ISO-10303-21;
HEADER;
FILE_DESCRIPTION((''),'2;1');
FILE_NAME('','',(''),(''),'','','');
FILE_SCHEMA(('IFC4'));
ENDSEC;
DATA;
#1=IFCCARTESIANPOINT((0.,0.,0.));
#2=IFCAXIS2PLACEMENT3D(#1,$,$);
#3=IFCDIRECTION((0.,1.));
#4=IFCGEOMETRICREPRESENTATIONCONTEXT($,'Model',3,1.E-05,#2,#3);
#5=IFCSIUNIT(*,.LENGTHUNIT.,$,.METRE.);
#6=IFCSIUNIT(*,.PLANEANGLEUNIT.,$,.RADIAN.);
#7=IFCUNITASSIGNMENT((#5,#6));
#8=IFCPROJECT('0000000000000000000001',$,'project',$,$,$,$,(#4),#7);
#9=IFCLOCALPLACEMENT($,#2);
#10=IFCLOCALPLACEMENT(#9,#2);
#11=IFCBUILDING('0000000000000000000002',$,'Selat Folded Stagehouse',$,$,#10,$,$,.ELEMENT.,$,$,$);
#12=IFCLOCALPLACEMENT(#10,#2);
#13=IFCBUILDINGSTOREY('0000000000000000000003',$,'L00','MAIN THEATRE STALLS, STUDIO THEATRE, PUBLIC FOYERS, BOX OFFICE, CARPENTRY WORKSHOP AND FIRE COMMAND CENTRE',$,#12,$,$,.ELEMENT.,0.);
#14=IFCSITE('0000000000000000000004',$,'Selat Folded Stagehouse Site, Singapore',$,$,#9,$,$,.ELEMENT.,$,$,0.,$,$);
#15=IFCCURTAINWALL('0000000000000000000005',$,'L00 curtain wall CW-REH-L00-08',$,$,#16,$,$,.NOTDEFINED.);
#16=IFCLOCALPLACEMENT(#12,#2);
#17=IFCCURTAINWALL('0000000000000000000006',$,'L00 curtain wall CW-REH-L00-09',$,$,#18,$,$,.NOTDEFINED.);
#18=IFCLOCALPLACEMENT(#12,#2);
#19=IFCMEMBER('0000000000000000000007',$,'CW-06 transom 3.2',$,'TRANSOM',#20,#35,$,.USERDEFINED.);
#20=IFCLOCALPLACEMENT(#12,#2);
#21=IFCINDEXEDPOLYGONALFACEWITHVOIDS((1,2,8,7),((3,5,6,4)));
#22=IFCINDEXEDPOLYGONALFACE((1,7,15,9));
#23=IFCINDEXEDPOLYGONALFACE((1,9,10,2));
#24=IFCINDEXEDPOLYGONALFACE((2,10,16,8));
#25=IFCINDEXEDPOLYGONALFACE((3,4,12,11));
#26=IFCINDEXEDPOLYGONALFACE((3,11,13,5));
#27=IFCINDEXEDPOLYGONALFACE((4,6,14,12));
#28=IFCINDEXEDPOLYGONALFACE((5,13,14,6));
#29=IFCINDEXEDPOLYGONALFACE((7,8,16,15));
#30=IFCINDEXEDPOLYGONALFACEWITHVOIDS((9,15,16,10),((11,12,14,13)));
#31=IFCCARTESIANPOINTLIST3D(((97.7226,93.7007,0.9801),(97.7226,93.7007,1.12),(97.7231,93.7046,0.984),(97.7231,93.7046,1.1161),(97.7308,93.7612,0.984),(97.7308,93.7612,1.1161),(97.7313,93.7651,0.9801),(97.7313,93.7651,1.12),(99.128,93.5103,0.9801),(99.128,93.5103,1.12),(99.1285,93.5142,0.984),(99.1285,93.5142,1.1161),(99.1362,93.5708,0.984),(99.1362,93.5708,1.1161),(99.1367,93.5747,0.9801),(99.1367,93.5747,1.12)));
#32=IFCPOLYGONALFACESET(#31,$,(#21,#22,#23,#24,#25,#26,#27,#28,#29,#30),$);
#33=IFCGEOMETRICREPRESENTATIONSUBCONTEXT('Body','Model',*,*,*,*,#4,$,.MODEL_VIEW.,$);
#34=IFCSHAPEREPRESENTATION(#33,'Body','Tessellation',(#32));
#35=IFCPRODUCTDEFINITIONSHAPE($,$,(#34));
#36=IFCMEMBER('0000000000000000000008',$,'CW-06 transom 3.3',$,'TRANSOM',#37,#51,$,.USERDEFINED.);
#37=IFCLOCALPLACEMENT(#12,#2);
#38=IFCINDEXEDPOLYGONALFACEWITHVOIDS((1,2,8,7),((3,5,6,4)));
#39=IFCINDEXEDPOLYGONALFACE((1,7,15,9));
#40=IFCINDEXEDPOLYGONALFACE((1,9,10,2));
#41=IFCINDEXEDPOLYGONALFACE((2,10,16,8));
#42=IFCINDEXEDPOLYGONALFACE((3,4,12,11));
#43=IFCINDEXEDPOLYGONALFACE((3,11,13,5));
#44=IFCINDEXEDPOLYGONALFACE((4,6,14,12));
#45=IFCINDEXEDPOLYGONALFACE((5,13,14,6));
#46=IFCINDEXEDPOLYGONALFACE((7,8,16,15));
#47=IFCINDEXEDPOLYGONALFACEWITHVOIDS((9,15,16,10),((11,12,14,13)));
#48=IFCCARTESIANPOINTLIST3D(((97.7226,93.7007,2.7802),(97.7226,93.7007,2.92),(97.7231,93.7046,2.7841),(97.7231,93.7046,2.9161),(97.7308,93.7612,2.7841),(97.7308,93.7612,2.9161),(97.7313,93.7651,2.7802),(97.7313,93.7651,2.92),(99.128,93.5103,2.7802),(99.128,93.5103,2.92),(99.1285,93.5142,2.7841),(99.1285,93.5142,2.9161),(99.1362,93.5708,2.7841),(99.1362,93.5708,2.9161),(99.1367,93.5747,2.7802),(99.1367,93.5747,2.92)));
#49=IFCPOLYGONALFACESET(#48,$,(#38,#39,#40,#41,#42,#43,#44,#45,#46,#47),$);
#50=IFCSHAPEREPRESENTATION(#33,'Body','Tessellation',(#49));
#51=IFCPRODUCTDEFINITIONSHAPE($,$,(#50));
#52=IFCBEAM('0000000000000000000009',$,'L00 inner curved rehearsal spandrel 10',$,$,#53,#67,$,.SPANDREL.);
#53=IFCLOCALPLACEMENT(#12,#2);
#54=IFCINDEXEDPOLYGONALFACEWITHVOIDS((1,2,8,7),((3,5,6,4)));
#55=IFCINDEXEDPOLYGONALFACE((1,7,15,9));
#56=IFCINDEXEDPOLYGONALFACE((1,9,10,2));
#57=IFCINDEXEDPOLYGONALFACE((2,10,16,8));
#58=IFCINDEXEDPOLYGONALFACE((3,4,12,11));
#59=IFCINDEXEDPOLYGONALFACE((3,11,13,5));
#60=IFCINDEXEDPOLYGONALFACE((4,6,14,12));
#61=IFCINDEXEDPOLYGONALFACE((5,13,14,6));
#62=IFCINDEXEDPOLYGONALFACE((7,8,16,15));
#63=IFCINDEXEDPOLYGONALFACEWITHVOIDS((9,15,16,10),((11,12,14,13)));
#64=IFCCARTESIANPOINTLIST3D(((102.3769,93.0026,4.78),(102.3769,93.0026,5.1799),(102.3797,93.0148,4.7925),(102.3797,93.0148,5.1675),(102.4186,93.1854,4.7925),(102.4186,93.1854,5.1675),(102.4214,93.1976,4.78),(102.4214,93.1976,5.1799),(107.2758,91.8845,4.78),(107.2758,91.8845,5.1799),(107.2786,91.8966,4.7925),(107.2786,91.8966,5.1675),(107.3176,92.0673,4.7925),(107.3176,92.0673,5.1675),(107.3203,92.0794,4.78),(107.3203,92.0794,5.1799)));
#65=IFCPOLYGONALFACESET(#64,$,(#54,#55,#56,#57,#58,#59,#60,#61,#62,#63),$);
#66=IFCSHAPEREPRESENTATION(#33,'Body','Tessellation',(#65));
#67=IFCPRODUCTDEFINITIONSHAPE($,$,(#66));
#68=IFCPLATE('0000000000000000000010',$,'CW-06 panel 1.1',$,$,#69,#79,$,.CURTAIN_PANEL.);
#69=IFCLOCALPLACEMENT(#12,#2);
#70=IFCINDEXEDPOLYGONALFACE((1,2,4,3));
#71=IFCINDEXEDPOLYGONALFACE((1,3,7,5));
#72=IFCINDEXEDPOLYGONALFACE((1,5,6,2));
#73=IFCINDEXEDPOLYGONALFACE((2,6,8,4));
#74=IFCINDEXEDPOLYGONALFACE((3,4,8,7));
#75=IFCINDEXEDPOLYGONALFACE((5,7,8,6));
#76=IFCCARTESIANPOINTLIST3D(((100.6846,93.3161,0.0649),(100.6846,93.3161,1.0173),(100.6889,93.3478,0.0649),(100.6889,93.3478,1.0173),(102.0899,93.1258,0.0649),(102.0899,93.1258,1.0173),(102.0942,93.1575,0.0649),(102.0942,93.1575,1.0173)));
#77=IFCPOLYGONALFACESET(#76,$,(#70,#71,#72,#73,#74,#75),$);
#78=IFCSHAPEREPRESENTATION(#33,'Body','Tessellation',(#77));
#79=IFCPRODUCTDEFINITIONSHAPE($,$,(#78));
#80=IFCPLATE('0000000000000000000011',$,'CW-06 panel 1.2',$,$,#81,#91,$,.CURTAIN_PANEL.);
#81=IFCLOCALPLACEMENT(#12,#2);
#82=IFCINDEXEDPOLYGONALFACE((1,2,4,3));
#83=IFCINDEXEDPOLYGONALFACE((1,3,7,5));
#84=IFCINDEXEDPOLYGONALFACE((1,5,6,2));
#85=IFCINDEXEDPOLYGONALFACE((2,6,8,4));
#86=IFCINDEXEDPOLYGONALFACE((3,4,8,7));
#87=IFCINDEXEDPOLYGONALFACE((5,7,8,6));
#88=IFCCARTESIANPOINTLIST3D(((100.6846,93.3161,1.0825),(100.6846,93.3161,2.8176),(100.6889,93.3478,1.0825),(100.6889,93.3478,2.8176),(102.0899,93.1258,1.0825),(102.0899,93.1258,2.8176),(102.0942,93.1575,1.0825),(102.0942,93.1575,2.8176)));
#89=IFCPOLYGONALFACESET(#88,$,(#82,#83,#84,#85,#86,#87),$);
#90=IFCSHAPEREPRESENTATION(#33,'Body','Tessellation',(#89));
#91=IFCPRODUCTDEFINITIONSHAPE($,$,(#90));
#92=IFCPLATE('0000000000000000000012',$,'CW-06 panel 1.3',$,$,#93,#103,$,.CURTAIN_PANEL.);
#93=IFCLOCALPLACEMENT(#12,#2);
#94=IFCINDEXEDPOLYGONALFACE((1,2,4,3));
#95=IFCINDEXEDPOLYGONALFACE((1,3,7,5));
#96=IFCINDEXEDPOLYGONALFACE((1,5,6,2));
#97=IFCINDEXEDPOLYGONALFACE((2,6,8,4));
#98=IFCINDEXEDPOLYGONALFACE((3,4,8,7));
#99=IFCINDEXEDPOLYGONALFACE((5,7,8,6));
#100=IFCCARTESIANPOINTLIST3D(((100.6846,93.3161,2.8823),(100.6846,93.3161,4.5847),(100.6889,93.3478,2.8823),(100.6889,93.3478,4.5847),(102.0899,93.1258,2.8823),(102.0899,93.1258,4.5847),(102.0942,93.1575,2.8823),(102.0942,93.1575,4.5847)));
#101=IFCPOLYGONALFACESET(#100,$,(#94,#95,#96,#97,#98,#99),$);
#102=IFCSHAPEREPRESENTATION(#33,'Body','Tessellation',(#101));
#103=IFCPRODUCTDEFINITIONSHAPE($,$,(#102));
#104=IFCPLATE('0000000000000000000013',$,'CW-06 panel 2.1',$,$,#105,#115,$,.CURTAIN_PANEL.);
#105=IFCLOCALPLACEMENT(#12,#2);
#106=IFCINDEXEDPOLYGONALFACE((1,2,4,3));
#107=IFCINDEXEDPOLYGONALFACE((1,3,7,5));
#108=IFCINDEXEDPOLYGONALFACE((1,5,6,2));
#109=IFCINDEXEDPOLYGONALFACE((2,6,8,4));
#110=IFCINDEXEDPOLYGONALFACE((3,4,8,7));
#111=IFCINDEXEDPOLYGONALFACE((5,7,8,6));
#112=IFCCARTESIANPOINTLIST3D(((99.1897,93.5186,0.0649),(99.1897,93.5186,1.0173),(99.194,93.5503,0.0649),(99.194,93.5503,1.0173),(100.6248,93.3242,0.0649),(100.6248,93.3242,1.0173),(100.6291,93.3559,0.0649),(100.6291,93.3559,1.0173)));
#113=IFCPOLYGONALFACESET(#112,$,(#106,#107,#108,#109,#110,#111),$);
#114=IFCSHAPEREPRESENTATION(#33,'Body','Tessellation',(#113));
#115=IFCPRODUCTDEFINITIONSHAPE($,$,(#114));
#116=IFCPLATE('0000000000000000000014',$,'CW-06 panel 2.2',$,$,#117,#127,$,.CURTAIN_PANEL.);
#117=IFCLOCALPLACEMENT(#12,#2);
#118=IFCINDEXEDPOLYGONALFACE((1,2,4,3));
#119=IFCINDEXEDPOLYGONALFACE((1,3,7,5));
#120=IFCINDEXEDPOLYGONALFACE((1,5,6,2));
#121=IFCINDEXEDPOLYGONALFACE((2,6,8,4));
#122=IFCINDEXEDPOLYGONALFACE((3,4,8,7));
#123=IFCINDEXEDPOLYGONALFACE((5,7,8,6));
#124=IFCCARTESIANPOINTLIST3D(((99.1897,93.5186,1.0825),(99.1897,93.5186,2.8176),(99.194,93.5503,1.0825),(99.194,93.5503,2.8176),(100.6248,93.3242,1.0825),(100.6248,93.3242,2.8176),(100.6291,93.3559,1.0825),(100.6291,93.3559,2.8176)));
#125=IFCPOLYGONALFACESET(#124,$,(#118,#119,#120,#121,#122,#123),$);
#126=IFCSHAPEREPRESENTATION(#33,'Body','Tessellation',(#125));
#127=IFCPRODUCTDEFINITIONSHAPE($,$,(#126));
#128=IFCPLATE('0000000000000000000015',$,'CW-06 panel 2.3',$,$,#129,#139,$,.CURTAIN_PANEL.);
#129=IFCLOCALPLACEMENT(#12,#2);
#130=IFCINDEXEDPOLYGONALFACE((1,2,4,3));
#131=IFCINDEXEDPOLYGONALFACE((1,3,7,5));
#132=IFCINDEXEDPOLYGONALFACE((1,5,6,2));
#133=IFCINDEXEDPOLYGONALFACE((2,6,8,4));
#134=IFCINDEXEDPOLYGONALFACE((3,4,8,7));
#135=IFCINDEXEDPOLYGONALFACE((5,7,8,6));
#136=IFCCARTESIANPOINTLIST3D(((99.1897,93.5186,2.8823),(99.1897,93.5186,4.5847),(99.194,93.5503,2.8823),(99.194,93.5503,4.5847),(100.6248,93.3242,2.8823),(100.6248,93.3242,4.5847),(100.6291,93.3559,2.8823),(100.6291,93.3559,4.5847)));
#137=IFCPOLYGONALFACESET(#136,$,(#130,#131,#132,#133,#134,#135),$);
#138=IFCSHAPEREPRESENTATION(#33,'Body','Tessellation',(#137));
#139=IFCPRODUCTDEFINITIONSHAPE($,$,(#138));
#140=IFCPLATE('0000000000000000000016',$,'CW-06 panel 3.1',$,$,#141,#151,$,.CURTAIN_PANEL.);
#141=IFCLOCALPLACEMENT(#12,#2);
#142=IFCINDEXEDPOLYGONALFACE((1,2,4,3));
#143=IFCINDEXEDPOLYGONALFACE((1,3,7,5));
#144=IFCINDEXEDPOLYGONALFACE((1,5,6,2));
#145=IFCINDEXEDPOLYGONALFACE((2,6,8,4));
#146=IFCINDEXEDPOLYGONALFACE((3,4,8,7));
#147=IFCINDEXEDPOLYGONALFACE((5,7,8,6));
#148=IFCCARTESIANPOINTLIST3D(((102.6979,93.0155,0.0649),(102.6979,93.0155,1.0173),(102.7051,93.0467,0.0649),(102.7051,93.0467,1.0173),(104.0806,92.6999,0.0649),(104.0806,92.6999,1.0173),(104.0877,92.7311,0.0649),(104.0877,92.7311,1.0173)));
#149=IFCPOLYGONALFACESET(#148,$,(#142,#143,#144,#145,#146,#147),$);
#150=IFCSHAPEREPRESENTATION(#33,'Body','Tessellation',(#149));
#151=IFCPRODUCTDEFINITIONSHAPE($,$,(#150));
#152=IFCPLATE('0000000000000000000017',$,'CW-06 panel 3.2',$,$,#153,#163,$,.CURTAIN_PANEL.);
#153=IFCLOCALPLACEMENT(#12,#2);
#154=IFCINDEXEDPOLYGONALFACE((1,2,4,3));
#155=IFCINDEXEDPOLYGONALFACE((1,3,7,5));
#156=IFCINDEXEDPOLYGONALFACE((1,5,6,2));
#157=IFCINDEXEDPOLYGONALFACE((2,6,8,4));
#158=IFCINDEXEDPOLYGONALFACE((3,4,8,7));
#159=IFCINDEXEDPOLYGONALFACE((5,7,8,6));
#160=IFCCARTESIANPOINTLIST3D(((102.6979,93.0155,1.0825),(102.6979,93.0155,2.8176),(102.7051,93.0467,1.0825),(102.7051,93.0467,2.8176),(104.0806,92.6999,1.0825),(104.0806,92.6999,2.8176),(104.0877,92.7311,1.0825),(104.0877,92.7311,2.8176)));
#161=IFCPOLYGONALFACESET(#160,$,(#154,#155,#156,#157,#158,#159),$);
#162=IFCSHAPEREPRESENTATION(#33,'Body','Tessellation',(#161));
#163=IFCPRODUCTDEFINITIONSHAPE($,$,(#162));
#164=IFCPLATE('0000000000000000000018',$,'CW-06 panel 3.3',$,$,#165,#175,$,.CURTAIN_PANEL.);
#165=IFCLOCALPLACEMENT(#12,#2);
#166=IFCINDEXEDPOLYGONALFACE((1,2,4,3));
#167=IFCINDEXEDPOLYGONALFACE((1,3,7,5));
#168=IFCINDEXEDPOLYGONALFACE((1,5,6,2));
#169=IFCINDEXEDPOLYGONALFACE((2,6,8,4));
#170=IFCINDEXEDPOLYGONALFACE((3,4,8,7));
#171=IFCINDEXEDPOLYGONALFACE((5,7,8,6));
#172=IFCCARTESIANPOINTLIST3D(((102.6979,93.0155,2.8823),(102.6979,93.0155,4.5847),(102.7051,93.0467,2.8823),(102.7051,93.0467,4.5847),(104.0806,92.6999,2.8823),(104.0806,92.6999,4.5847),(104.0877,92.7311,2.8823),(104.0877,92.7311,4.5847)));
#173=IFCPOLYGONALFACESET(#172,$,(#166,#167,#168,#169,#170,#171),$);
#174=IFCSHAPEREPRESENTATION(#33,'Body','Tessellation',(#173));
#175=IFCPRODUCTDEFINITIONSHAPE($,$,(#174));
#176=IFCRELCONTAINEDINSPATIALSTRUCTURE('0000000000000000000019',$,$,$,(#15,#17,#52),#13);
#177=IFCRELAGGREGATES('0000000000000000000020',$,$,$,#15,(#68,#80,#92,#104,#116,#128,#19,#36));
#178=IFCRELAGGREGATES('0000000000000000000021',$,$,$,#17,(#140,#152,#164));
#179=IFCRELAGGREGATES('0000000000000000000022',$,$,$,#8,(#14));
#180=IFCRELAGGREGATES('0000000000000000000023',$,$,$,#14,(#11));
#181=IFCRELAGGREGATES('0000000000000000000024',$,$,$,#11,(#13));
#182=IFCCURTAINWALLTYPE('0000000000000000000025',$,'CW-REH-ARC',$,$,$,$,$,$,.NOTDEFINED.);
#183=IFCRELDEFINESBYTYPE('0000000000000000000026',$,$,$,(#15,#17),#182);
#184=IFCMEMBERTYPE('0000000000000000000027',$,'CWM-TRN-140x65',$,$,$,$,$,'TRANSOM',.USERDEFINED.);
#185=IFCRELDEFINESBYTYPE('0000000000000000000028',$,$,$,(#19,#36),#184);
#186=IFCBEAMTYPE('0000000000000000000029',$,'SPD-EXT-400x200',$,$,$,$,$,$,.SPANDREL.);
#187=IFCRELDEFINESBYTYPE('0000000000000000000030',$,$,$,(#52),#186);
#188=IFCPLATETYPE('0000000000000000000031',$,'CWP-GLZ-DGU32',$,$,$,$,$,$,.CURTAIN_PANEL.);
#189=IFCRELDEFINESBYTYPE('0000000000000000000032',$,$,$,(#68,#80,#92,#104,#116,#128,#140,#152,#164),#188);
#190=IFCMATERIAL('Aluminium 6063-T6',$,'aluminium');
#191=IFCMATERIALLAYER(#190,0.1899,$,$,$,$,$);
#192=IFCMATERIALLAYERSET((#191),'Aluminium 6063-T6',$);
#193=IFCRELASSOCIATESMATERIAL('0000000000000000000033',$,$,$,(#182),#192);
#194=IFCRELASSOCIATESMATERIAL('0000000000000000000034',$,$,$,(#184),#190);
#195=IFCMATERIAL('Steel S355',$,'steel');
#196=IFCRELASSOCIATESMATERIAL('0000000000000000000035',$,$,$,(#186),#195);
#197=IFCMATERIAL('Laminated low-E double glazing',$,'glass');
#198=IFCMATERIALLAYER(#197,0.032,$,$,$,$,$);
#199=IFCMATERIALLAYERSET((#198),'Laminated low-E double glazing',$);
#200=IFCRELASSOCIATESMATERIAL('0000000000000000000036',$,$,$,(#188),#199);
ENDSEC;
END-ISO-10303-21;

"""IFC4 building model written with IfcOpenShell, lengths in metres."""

from ifc_helpers import new_model, si_unit, direction, frame, origin, origin_2d, place, context, subcontext, project, spatial, rectangle, hollow_rectangle, extrude, material, layer, layer_set, material_profile, profile_set, type_object, element, aggregate, save


model = new_model("IFC4")

# Units and contexts
model_context = context("Model", 3, precision=1e-05, world=origin(), true_north=direction((0.0, 1.0)))
body_context = subcontext(model_context, "Body", "Model", "MODEL_VIEW")
ifc_project = project(units=[si_unit("LENGTHUNIT", "METRE"), si_unit("PLANEANGLEUNIT", "RADIAN")], contexts=[model_context])

# Site, building, storey
site_placement = place(None, origin())
site = spatial("IfcSite", under=ifc_project, at=site_placement, Name="Selat Folded Stagehouse Site, Singapore", CompositionType="ELEMENT", RefElevation=0.0)
building_placement = place(site_placement, origin())
building = spatial("IfcBuilding", under=site, at=building_placement, Name="Selat Folded Stagehouse", CompositionType="ELEMENT")
storey_placement = place(building_placement, origin())
storey = spatial("IfcBuildingStorey", under=building, at=storey_placement, Name="L00", Description="MAIN THEATRE STALLS, STUDIO THEATRE, PUBLIC FOYERS, BOX OFFICE, CARPENTRY WORKSHOP AND FIRE COMMAND CENTRE", CompositionType="ELEMENT", Elevation=0.0)

# Shared definitions
ifc_material_1 = material(Name="Steel S355", Category="steel")

# Curtain wall
ifc_material_2 = material(Name="Aluminium 6063-T6", Category="aluminium")
ifc_layer_1 = layer(ifc_material_2, 0.1899)
ifc_layer_set_1 = layer_set([ifc_layer_1], Name="Aluminium 6063-T6")
curtain_wall_type = type_object("IfcCurtainWallType", Name="CW-REH-ARC", PredefinedType="NOTDEFINED", material=ifc_layer_set_1)
curtain_wall_1_placement = place(storey_placement, origin())
curtain_wall_1 = element("IfcCurtainWall", 1, at=curtain_wall_1_placement, inside=storey, type_object=curtain_wall_type, Name="L00 curtain wall CW-REH-L00-08", PredefinedType="NOTDEFINED")

# Curtain wall
curtain_wall_2_placement = place(storey_placement, origin())
curtain_wall_2 = element("IfcCurtainWall", 2, at=curtain_wall_2_placement, inside=storey, type_object=curtain_wall_type, Name="L00 curtain wall CW-REH-L00-09", PredefinedType="NOTDEFINED")

# Members
ifc_material_profile_1 = material_profile(ifc_material_2, hollow_rectangle(XDim=0.0649, YDim=0.1399, WallThickness=0.0039, at=origin_2d()), Name="ALU 140x65x4.0")
ifc_profile_set_1 = profile_set([ifc_material_profile_1], Name="Aluminium 6063-T6")
member_type_1 = type_object("IfcMemberType", Name="CWM-TRN-140x65", ElementType="TRANSOM", PredefinedType="USERDEFINED", material=ifc_profile_set_1)
member_1_placement = place(storey_placement, frame((99.1323, 93.5425, 1.05), z_axis=(-0.990943, 0.134283, 0.0), x_axis=(-0.134283, -0.990943, 0.0)))
member_1 = element("IfcMember", 3, at=member_1_placement, type_object=member_type_1, Name="CW-06 transom 3.2", ObjectType="TRANSOM", PredefinedType="USERDEFINED", context=body_context, shape_type="SweptSolid", body=[
    extrude(hollow_rectangle(XDim=0.0649, YDim=0.1399, WallThickness=0.0039, at=origin_2d()), origin(), (0.0, 0.0, 1.0), 1.4182),
])
member_2_placement = place(storey_placement, frame((99.1323, 93.5425, 2.8501), z_axis=(-0.990943, 0.134283, 0.0), x_axis=(-0.134283, -0.990943, 0.0)))
member_2 = element("IfcMember", 4, at=member_2_placement, type_object=member_type_1, Name="CW-06 transom 3.3", ObjectType="TRANSOM", PredefinedType="USERDEFINED", context=body_context, shape_type="SweptSolid", body=[
    extrude(hollow_rectangle(XDim=0.0649, YDim=0.1399, WallThickness=0.0039, at=origin_2d()), origin(), (0.0, 0.0, 1.0), 1.4182),
])

# Beam
ifc_material_profile_2 = material_profile(ifc_material_1, hollow_rectangle(XDim=0.2, YDim=0.3999, WallThickness=0.0125, at=origin_2d()), Name="RHS 400x200x12.5")
ifc_profile_set_2 = profile_set([ifc_material_profile_2], Name="Steel S355")
beam_type_1 = type_object("IfcBeamType", Name="SPD-EXT-400x200", PredefinedType="SPANDREL", material=ifc_profile_set_2)
beam_1_placement = place(storey_placement, frame((102.3992, 93.1001, 4.98), z_axis=(0.974927, -0.222524, 0.0), x_axis=(0.222524, 0.974927, 0.0)))
element("IfcBeam", 5, at=beam_1_placement, inside=storey, type_object=beam_type_1, Name="L00 inner curved rehearsal spandrel 10", PredefinedType="SPANDREL", context=body_context, shape_type="SweptSolid", body=[
    extrude(hollow_rectangle(XDim=0.2, YDim=0.3999, WallThickness=0.0125, at=origin_2d()), origin(), (0.0, 0.0, 1.0), 5.0249),
])

# Plates
ifc_material_3 = material(Name="Laminated low-E double glazing", Category="glass")
ifc_layer_2 = layer(ifc_material_3, 0.032)
ifc_layer_set_2 = layer_set([ifc_layer_2], Name="Laminated low-E double glazing")
plate_type = type_object("IfcPlateType", Name="CWP-GLZ-DGU32", PredefinedType="CURTAIN_PANEL", material=ifc_layer_set_2)
plate_1_placement = place(storey_placement, frame((101.3894, 93.2368, 0.0649), z_axis=(0.0, 0.0, 1.0), x_axis=(-0.990953, 0.134212, 0.0)))
plate_1 = element("IfcPlate", 6, at=plate_1_placement, type_object=plate_type, Name="CW-06 panel 1.1", PredefinedType="CURTAIN_PANEL", context=body_context, shape_type="SweptSolid", body=[
    extrude(rectangle(XDim=1.4182, YDim=0.032, at=origin_2d()), origin(), (0.0, 0.0, 1.0), 0.9524),
])
plate_2_placement = place(storey_placement, frame((101.3894, 93.2368, 1.0825), z_axis=(0.0, 0.0, 1.0), x_axis=(-0.990953, 0.134212, 0.0)))
plate_2 = element("IfcPlate", 7, at=plate_2_placement, type_object=plate_type, Name="CW-06 panel 1.2", PredefinedType="CURTAIN_PANEL", context=body_context, shape_type="SweptSolid", body=[
    extrude(rectangle(XDim=1.4182, YDim=0.032, at=origin_2d()), origin(), (0.0, 0.0, 1.0), 1.7351),
])
plate_3_placement = place(storey_placement, frame((101.3894, 93.2368, 2.8823), z_axis=(0.0, 0.0, 1.0), x_axis=(-0.990953, 0.134212, 0.0)))
plate_3 = element("IfcPlate", 8, at=plate_3_placement, type_object=plate_type, Name="CW-06 panel 1.3", PredefinedType="CURTAIN_PANEL", context=body_context, shape_type="SweptSolid", body=[
    extrude(rectangle(XDim=1.4182, YDim=0.032, at=origin_2d()), origin(), (0.0, 0.0, 1.0), 1.7024),
])
plate_4_placement = place(storey_placement, frame((99.9094, 93.4373, 0.0649), z_axis=(0.0, 0.0, 1.0), x_axis=(-0.990953, 0.134212, 0.0)))
plate_4 = element("IfcPlate", 9, at=plate_4_placement, type_object=plate_type, Name="CW-06 panel 2.1", PredefinedType="CURTAIN_PANEL", context=body_context, shape_type="SweptSolid", body=[
    extrude(rectangle(XDim=1.4482, YDim=0.032, at=origin_2d()), origin(), (0.0, 0.0, 1.0), 0.9524),
])
plate_5_placement = place(storey_placement, frame((99.9094, 93.4373, 1.0825), z_axis=(0.0, 0.0, 1.0), x_axis=(-0.990953, 0.134212, 0.0)))
plate_5 = element("IfcPlate", 10, at=plate_5_placement, type_object=plate_type, Name="CW-06 panel 2.2", PredefinedType="CURTAIN_PANEL", context=body_context, shape_type="SweptSolid", body=[
    extrude(rectangle(XDim=1.4482, YDim=0.032, at=origin_2d()), origin(), (0.0, 0.0, 1.0), 1.7351),
])
plate_6_placement = place(storey_placement, frame((99.9094, 93.4373, 2.8823), z_axis=(0.0, 0.0, 1.0), x_axis=(-0.990953, 0.134212, 0.0)))
plate_6 = element("IfcPlate", 11, at=plate_6_placement, type_object=plate_type, Name="CW-06 panel 2.3", PredefinedType="CURTAIN_PANEL", context=body_context, shape_type="SweptSolid", body=[
    extrude(rectangle(XDim=1.4482, YDim=0.032, at=origin_2d()), origin(), (0.0, 0.0, 1.0), 1.7024),
])
aggregate(curtain_wall_1, [plate_1, plate_2, plate_3, plate_4, plate_5, plate_6, member_1, member_2])
plate_7_placement = place(storey_placement, frame((103.3928, 92.8733, 0.0649), z_axis=(0.0, 0.0, 1.0), x_axis=(-0.974923, 0.222543, 0.0)))
plate_7 = element("IfcPlate", 12, at=plate_7_placement, type_object=plate_type, Name="CW-06 panel 3.1", PredefinedType="CURTAIN_PANEL", context=body_context, shape_type="SweptSolid", body=[
    extrude(rectangle(XDim=1.4182, YDim=0.032, at=origin_2d()), origin(), (0.0, 0.0, 1.0), 0.9524),
])
plate_8_placement = place(storey_placement, frame((103.3928, 92.8733, 1.0825), z_axis=(0.0, 0.0, 1.0), x_axis=(-0.974923, 0.222543, 0.0)))
plate_8 = element("IfcPlate", 13, at=plate_8_placement, type_object=plate_type, Name="CW-06 panel 3.2", PredefinedType="CURTAIN_PANEL", context=body_context, shape_type="SweptSolid", body=[
    extrude(rectangle(XDim=1.4182, YDim=0.032, at=origin_2d()), origin(), (0.0, 0.0, 1.0), 1.7351),
])
plate_9_placement = place(storey_placement, frame((103.3928, 92.8733, 2.8823), z_axis=(0.0, 0.0, 1.0), x_axis=(-0.974923, 0.222543, 0.0)))
plate_9 = element("IfcPlate", 14, at=plate_9_placement, type_object=plate_type, Name="CW-06 panel 3.3", PredefinedType="CURTAIN_PANEL", context=body_context, shape_type="SweptSolid", body=[
    extrude(rectangle(XDim=1.4182, YDim=0.032, at=origin_2d()), origin(), (0.0, 0.0, 1.0), 1.7024),
])
aggregate(curtain_wall_2, [plate_7, plate_8, plate_9])

save(model, "model.ifc")
